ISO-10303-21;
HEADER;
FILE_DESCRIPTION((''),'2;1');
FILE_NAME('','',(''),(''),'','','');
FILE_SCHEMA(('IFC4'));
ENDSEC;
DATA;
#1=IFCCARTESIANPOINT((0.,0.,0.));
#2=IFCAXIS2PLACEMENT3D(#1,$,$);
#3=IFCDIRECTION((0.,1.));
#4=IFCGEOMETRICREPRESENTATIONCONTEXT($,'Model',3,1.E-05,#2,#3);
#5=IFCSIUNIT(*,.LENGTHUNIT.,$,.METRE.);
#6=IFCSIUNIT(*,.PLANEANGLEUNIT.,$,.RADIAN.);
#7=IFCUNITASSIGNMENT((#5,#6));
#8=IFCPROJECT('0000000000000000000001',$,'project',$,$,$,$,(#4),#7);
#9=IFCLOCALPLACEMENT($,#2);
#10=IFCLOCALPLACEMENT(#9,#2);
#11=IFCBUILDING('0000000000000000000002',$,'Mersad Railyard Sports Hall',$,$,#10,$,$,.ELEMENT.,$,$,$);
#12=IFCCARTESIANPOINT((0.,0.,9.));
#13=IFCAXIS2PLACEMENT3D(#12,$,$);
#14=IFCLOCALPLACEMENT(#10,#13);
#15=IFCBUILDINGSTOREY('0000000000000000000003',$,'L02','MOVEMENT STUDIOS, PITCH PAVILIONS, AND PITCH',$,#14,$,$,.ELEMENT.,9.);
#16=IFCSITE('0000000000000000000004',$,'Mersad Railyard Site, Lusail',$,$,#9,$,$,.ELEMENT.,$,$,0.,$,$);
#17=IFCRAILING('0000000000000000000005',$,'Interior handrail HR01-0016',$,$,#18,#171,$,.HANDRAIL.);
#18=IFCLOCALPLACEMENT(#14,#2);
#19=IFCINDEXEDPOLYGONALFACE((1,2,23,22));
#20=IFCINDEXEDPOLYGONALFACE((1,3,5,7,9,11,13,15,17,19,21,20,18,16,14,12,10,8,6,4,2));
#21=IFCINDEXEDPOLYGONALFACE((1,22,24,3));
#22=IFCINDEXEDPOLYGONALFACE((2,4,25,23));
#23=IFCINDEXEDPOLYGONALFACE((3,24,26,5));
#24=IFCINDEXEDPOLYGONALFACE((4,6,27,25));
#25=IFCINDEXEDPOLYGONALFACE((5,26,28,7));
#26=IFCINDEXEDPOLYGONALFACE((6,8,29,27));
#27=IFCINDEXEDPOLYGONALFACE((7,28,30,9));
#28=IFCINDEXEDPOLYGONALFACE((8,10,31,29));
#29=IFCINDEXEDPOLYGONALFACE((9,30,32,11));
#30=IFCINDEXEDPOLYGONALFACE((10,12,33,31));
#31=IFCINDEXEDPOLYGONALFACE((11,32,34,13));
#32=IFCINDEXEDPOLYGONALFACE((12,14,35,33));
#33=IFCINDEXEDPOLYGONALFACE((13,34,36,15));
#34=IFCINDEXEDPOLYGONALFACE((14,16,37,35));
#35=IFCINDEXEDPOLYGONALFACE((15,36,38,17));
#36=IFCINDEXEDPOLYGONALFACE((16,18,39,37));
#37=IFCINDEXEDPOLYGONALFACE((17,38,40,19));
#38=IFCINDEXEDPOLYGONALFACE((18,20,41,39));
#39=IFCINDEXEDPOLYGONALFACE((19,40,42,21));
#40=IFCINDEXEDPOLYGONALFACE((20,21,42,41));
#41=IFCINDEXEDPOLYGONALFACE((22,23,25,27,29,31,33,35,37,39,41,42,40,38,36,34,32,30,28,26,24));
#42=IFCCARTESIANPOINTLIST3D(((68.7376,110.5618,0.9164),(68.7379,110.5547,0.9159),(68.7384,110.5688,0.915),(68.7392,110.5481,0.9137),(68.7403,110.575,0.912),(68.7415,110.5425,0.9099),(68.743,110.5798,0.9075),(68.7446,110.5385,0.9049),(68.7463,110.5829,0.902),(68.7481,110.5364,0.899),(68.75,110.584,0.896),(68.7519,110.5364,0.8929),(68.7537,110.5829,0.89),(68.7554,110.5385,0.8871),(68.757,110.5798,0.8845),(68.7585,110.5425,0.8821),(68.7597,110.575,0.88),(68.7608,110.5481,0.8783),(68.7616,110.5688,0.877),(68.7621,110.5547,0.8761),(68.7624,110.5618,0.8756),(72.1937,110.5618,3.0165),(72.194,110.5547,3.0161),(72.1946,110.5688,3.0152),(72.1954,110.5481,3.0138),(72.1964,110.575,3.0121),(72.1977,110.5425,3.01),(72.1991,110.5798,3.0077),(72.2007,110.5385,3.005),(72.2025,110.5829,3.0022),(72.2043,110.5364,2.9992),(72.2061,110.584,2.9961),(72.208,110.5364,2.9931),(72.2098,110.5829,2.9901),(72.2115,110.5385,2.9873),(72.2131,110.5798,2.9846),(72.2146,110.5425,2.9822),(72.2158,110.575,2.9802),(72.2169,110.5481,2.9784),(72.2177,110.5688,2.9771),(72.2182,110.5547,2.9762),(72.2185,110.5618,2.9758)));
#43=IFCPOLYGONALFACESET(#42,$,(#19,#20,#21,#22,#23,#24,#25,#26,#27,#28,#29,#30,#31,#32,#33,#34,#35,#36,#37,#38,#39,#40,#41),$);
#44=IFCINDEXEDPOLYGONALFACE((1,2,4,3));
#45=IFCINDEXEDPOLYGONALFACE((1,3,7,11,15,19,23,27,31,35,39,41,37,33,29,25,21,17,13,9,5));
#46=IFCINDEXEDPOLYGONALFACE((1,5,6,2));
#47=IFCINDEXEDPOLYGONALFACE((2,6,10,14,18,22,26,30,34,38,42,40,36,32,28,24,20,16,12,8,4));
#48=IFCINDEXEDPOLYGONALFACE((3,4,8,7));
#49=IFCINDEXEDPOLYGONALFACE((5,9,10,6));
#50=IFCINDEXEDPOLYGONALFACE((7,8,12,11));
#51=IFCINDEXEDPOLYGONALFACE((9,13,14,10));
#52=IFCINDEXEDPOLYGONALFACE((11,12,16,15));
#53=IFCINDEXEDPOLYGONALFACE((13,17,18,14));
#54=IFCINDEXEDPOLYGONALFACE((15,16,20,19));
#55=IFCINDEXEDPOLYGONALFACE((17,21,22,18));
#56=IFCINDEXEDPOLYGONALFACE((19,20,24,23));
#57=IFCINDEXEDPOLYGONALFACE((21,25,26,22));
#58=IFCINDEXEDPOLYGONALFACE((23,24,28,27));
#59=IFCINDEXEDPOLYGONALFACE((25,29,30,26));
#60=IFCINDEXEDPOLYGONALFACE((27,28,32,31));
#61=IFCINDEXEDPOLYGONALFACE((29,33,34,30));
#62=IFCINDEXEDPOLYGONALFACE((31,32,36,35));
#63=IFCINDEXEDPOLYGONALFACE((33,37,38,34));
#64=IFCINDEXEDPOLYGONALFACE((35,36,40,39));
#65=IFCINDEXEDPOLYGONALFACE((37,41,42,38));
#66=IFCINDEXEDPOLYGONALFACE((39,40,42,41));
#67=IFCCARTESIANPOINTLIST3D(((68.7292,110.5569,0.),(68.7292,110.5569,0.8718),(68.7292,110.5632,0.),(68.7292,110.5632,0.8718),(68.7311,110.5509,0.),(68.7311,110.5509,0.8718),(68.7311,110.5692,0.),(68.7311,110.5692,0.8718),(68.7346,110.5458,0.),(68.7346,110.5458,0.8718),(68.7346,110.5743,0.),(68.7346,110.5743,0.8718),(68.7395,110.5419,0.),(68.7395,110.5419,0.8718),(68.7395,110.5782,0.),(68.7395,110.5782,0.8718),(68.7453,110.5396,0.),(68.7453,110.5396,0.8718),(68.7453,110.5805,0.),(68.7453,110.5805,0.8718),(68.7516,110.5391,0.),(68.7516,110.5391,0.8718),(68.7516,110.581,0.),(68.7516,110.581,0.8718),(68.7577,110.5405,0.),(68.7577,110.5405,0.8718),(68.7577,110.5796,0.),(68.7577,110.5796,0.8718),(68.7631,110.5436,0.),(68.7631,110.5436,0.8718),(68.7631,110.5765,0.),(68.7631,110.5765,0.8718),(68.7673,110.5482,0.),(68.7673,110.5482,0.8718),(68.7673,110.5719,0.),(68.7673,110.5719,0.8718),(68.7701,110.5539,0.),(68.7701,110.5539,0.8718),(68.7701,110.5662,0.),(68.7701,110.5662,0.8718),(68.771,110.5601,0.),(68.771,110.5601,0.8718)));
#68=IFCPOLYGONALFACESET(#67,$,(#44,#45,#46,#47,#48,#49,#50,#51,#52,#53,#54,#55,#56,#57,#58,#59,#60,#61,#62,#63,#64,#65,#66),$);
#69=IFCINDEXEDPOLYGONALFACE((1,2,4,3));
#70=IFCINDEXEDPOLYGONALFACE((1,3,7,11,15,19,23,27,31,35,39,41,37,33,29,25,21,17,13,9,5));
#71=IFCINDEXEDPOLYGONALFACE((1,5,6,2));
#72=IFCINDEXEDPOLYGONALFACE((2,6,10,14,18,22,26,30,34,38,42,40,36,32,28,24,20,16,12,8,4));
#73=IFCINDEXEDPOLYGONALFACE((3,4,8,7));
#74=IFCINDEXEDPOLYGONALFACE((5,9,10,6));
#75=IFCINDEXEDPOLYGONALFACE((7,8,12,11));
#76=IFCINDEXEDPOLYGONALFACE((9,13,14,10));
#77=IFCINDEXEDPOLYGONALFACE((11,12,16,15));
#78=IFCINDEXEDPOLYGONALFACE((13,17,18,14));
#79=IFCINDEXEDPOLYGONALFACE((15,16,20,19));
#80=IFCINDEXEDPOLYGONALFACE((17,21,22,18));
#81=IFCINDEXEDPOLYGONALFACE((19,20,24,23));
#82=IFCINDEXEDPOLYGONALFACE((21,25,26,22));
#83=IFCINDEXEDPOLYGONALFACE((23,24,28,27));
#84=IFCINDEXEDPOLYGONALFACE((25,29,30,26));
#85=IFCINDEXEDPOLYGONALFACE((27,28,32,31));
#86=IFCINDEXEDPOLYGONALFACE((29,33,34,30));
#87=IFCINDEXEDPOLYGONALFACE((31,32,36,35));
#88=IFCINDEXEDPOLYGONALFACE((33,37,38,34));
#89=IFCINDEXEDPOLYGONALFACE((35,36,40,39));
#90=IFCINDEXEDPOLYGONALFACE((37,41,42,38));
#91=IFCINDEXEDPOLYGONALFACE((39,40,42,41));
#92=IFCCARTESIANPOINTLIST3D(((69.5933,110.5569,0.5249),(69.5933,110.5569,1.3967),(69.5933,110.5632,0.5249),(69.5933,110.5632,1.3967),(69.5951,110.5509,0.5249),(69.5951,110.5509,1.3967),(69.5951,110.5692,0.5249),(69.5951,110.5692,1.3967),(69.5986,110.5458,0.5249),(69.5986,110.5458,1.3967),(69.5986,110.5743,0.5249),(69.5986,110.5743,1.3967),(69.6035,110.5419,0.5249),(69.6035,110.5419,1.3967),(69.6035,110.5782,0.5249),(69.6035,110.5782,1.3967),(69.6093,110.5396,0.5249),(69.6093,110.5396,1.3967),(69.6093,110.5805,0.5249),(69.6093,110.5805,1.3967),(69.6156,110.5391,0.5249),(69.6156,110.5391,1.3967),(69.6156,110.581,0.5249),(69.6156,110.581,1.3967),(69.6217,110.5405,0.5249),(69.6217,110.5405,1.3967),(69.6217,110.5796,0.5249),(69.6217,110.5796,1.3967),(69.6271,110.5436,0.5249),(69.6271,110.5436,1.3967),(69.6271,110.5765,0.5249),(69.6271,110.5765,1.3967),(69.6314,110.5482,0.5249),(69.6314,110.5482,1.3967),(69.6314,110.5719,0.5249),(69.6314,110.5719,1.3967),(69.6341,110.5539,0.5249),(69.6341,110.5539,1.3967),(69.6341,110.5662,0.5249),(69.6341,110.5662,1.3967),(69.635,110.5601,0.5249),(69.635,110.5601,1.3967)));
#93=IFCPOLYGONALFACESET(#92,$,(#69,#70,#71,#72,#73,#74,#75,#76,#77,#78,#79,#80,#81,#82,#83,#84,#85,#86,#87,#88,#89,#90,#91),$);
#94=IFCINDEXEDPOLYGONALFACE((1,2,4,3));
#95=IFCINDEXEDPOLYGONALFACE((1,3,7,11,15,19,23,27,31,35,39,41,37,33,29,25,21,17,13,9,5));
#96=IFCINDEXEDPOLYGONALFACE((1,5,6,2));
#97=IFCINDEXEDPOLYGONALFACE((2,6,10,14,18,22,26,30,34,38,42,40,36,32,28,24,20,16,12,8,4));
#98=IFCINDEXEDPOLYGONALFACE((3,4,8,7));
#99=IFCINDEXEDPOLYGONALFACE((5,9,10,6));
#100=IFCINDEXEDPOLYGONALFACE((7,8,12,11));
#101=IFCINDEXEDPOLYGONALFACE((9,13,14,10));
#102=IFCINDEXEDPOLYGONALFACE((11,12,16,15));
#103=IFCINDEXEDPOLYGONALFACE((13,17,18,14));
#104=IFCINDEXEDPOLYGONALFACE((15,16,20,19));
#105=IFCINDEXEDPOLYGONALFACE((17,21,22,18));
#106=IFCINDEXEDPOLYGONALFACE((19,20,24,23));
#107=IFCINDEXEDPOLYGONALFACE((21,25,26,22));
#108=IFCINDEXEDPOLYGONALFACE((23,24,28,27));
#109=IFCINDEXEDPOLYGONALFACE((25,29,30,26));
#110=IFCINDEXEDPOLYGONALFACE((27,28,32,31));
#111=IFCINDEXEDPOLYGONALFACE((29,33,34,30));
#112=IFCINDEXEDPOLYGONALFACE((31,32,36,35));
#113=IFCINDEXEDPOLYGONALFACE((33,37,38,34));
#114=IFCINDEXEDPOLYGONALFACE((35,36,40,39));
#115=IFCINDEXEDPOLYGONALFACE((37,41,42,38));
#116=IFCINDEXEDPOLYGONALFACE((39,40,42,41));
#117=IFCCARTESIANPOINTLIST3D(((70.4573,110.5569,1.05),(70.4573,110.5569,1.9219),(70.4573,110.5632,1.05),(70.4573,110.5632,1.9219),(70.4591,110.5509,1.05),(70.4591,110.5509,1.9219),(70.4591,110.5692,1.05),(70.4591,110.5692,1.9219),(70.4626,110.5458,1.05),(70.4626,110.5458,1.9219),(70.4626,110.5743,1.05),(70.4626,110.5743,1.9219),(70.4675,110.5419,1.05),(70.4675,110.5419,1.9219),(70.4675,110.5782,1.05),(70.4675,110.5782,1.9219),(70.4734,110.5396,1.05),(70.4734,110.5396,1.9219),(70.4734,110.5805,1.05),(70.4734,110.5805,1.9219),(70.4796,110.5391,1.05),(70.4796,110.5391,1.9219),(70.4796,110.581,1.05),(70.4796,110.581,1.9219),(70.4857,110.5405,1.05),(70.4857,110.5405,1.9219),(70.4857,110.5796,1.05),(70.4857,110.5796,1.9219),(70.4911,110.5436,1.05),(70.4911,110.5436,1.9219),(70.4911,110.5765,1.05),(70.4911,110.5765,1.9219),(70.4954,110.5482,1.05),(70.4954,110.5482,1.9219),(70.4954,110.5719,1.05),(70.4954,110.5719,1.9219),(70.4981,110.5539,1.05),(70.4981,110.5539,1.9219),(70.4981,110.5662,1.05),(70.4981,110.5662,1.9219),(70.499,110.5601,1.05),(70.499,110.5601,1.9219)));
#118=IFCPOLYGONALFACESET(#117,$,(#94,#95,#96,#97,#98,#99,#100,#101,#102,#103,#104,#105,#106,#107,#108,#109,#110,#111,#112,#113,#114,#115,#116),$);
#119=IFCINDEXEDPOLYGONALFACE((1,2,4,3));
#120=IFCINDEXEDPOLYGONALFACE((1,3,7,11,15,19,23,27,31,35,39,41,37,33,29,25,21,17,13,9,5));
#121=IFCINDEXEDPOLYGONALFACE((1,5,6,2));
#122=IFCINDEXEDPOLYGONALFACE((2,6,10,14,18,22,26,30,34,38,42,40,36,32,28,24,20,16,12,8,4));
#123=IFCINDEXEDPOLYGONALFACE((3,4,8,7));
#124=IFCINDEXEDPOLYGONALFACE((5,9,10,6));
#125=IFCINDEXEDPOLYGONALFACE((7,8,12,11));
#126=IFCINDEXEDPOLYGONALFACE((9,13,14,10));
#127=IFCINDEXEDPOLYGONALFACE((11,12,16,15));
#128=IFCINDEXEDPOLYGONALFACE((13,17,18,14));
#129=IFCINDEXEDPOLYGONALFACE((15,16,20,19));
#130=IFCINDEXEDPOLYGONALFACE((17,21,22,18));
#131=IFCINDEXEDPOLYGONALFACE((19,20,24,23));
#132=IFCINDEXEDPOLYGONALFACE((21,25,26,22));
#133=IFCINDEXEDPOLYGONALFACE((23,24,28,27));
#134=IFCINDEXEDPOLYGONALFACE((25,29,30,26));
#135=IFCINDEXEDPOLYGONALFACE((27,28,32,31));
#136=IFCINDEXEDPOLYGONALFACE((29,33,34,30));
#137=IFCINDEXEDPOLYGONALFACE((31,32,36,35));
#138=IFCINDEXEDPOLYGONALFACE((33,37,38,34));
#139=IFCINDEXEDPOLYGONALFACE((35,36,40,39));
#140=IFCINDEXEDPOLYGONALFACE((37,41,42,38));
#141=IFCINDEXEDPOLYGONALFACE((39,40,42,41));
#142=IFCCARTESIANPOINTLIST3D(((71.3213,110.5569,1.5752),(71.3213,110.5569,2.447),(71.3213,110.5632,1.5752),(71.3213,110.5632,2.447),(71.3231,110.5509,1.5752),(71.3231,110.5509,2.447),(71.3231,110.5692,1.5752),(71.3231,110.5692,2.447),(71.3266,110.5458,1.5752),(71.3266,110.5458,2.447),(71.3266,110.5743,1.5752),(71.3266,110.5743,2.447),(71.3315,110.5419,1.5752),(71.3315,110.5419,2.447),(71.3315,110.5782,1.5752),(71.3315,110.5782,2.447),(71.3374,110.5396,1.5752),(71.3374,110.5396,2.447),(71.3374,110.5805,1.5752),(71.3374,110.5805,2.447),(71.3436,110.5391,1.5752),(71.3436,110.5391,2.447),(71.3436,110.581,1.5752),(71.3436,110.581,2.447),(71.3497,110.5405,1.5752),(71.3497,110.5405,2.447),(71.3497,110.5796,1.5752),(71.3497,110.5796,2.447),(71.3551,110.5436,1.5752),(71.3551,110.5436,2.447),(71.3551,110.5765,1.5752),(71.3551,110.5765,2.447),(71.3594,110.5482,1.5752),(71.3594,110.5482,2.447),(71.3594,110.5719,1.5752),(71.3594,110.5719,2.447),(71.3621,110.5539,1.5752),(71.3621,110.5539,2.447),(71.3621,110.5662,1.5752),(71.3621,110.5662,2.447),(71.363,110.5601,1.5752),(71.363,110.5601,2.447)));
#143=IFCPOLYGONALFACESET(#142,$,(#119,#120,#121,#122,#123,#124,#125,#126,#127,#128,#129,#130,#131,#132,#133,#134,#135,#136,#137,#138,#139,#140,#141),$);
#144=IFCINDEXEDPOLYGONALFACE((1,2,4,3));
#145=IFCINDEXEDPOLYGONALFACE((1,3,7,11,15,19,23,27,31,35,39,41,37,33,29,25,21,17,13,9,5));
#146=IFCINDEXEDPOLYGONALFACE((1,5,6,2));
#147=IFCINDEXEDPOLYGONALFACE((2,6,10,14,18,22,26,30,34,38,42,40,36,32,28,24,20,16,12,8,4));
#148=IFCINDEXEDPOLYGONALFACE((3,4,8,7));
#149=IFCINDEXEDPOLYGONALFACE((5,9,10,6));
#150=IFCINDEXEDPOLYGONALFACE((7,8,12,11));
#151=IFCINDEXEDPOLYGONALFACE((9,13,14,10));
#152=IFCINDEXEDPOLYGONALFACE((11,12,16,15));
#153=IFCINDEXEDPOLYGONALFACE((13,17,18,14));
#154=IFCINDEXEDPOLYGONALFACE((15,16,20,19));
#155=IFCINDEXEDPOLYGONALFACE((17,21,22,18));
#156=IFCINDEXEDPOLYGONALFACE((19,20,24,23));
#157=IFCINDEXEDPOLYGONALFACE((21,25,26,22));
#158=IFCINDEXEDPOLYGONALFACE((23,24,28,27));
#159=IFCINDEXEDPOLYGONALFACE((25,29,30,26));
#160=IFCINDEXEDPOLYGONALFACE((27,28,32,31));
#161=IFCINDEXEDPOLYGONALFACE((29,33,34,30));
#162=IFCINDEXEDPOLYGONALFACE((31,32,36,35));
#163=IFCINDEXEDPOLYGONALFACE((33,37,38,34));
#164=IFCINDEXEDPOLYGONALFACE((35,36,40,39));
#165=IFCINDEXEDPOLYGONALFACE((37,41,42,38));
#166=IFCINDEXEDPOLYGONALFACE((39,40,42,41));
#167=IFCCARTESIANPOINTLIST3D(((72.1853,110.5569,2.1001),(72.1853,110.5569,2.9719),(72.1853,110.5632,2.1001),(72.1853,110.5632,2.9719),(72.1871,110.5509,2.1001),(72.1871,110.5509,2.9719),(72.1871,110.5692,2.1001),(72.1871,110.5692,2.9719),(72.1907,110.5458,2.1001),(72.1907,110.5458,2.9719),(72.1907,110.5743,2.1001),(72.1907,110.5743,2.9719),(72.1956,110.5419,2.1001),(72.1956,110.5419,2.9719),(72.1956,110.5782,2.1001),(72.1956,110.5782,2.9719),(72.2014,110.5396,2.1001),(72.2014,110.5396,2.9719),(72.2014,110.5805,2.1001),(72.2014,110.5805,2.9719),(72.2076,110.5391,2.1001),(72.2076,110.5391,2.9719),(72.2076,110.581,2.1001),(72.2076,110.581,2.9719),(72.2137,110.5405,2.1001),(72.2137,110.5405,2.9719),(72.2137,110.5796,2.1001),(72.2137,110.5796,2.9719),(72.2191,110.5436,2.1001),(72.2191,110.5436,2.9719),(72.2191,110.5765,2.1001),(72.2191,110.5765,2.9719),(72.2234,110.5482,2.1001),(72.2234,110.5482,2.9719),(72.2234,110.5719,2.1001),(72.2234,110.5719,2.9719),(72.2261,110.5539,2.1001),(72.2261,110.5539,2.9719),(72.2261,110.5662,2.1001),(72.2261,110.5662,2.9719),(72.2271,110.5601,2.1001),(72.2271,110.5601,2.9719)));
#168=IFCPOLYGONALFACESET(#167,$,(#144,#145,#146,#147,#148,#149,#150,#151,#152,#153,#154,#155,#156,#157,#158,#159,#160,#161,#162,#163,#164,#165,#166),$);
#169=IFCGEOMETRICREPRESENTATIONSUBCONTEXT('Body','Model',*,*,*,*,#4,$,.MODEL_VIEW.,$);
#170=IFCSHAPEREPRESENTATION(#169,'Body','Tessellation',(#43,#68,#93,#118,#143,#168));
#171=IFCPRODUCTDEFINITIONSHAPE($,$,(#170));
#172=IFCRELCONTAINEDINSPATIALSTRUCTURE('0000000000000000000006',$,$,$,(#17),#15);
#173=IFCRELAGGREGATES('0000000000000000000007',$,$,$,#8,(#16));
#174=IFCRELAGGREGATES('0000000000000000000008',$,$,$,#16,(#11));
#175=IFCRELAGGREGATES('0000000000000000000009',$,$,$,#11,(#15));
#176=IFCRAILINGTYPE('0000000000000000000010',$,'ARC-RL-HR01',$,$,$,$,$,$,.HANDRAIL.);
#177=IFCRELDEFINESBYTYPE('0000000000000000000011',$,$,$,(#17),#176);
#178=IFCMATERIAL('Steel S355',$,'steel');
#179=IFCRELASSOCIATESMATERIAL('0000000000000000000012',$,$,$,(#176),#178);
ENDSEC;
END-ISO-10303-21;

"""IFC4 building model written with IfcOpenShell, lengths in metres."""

from ifc_helpers import new_model, si_unit, direction, frame, origin, origin_2d, place, context, subcontext, project, spatial, circle, extrude, material, type_object, element, save


model = new_model("IFC4")

# Units and contexts
model_context = context("Model", 3, precision=1e-05, world=origin(), true_north=direction((0.0, 1.0)))
body_context = subcontext(model_context, "Body", "Model", "MODEL_VIEW")
ifc_project = project(units=[si_unit("LENGTHUNIT", "METRE"), si_unit("PLANEANGLEUNIT", "RADIAN")], contexts=[model_context])

# Site, building, storey
site_placement = place(None, origin())
site = spatial("IfcSite", under=ifc_project, at=site_placement, Name="Mersad Railyard Site, Lusail", CompositionType="ELEMENT", RefElevation=0.0)
building_placement = place(site_placement, origin())
building = spatial("IfcBuilding", under=site, at=building_placement, Name="Mersad Railyard Sports Hall", CompositionType="ELEMENT")
storey_placement = place(building_placement, frame((0.0, 0.0, 9.0)))
storey = spatial("IfcBuildingStorey", under=building, at=storey_placement, Name="L02", Description="MOVEMENT STUDIOS, PITCH PAVILIONS, AND PITCH", CompositionType="ELEMENT", Elevation=9.0)

# Shared definitions
ifc_material_1 = material(Name="Steel S355", Category="steel")

# Railing
railing_type_1 = type_object("IfcRailingType", Name="ARC-RL-HR01", PredefinedType="HANDRAIL", material=ifc_material_1)
railing_1_placement = place(storey_placement, frame((68.75, 110.5601, 0.0)))
element("IfcRailing", 1, at=railing_1_placement, inside=storey, type_object=railing_type_1, Name="Interior handrail HR01-0016", PredefinedType="HANDRAIL", context=body_context, shape_type="SweptSolid", body=[
    extrude(circle(Radius=0.0239, at=origin_2d()), frame((0.0, 0.0, 0.896), z_axis=(0.854592, 0.0, 0.519299), x_axis=(0.0, 1.0, 0.0)), (0.0, 0.0, 1.0), 4.0442),
    extrude(circle(Radius=0.021, at=origin_2d()), origin(), (0.0, 0.0, 1.0), 0.8718),
    extrude(circle(Radius=0.021, at=origin_2d()), frame((0.864, 0.0, 0.5249)), (0.0, 0.0, 1.0), 0.8718),
    extrude(circle(Radius=0.021, at=origin_2d()), frame((1.728, 0.0, 1.05)), (0.0, 0.0, 1.0), 0.8718),
    extrude(circle(Radius=0.021, at=origin_2d()), frame((2.592, 0.0, 1.5752)), (0.0, 0.0, 1.0), 0.8718),
    extrude(circle(Radius=0.021, at=origin_2d()), frame((3.4561, 0.0, 2.1001)), (0.0, 0.0, 1.0), 0.8718),
])

save(model, "model.ifc")
